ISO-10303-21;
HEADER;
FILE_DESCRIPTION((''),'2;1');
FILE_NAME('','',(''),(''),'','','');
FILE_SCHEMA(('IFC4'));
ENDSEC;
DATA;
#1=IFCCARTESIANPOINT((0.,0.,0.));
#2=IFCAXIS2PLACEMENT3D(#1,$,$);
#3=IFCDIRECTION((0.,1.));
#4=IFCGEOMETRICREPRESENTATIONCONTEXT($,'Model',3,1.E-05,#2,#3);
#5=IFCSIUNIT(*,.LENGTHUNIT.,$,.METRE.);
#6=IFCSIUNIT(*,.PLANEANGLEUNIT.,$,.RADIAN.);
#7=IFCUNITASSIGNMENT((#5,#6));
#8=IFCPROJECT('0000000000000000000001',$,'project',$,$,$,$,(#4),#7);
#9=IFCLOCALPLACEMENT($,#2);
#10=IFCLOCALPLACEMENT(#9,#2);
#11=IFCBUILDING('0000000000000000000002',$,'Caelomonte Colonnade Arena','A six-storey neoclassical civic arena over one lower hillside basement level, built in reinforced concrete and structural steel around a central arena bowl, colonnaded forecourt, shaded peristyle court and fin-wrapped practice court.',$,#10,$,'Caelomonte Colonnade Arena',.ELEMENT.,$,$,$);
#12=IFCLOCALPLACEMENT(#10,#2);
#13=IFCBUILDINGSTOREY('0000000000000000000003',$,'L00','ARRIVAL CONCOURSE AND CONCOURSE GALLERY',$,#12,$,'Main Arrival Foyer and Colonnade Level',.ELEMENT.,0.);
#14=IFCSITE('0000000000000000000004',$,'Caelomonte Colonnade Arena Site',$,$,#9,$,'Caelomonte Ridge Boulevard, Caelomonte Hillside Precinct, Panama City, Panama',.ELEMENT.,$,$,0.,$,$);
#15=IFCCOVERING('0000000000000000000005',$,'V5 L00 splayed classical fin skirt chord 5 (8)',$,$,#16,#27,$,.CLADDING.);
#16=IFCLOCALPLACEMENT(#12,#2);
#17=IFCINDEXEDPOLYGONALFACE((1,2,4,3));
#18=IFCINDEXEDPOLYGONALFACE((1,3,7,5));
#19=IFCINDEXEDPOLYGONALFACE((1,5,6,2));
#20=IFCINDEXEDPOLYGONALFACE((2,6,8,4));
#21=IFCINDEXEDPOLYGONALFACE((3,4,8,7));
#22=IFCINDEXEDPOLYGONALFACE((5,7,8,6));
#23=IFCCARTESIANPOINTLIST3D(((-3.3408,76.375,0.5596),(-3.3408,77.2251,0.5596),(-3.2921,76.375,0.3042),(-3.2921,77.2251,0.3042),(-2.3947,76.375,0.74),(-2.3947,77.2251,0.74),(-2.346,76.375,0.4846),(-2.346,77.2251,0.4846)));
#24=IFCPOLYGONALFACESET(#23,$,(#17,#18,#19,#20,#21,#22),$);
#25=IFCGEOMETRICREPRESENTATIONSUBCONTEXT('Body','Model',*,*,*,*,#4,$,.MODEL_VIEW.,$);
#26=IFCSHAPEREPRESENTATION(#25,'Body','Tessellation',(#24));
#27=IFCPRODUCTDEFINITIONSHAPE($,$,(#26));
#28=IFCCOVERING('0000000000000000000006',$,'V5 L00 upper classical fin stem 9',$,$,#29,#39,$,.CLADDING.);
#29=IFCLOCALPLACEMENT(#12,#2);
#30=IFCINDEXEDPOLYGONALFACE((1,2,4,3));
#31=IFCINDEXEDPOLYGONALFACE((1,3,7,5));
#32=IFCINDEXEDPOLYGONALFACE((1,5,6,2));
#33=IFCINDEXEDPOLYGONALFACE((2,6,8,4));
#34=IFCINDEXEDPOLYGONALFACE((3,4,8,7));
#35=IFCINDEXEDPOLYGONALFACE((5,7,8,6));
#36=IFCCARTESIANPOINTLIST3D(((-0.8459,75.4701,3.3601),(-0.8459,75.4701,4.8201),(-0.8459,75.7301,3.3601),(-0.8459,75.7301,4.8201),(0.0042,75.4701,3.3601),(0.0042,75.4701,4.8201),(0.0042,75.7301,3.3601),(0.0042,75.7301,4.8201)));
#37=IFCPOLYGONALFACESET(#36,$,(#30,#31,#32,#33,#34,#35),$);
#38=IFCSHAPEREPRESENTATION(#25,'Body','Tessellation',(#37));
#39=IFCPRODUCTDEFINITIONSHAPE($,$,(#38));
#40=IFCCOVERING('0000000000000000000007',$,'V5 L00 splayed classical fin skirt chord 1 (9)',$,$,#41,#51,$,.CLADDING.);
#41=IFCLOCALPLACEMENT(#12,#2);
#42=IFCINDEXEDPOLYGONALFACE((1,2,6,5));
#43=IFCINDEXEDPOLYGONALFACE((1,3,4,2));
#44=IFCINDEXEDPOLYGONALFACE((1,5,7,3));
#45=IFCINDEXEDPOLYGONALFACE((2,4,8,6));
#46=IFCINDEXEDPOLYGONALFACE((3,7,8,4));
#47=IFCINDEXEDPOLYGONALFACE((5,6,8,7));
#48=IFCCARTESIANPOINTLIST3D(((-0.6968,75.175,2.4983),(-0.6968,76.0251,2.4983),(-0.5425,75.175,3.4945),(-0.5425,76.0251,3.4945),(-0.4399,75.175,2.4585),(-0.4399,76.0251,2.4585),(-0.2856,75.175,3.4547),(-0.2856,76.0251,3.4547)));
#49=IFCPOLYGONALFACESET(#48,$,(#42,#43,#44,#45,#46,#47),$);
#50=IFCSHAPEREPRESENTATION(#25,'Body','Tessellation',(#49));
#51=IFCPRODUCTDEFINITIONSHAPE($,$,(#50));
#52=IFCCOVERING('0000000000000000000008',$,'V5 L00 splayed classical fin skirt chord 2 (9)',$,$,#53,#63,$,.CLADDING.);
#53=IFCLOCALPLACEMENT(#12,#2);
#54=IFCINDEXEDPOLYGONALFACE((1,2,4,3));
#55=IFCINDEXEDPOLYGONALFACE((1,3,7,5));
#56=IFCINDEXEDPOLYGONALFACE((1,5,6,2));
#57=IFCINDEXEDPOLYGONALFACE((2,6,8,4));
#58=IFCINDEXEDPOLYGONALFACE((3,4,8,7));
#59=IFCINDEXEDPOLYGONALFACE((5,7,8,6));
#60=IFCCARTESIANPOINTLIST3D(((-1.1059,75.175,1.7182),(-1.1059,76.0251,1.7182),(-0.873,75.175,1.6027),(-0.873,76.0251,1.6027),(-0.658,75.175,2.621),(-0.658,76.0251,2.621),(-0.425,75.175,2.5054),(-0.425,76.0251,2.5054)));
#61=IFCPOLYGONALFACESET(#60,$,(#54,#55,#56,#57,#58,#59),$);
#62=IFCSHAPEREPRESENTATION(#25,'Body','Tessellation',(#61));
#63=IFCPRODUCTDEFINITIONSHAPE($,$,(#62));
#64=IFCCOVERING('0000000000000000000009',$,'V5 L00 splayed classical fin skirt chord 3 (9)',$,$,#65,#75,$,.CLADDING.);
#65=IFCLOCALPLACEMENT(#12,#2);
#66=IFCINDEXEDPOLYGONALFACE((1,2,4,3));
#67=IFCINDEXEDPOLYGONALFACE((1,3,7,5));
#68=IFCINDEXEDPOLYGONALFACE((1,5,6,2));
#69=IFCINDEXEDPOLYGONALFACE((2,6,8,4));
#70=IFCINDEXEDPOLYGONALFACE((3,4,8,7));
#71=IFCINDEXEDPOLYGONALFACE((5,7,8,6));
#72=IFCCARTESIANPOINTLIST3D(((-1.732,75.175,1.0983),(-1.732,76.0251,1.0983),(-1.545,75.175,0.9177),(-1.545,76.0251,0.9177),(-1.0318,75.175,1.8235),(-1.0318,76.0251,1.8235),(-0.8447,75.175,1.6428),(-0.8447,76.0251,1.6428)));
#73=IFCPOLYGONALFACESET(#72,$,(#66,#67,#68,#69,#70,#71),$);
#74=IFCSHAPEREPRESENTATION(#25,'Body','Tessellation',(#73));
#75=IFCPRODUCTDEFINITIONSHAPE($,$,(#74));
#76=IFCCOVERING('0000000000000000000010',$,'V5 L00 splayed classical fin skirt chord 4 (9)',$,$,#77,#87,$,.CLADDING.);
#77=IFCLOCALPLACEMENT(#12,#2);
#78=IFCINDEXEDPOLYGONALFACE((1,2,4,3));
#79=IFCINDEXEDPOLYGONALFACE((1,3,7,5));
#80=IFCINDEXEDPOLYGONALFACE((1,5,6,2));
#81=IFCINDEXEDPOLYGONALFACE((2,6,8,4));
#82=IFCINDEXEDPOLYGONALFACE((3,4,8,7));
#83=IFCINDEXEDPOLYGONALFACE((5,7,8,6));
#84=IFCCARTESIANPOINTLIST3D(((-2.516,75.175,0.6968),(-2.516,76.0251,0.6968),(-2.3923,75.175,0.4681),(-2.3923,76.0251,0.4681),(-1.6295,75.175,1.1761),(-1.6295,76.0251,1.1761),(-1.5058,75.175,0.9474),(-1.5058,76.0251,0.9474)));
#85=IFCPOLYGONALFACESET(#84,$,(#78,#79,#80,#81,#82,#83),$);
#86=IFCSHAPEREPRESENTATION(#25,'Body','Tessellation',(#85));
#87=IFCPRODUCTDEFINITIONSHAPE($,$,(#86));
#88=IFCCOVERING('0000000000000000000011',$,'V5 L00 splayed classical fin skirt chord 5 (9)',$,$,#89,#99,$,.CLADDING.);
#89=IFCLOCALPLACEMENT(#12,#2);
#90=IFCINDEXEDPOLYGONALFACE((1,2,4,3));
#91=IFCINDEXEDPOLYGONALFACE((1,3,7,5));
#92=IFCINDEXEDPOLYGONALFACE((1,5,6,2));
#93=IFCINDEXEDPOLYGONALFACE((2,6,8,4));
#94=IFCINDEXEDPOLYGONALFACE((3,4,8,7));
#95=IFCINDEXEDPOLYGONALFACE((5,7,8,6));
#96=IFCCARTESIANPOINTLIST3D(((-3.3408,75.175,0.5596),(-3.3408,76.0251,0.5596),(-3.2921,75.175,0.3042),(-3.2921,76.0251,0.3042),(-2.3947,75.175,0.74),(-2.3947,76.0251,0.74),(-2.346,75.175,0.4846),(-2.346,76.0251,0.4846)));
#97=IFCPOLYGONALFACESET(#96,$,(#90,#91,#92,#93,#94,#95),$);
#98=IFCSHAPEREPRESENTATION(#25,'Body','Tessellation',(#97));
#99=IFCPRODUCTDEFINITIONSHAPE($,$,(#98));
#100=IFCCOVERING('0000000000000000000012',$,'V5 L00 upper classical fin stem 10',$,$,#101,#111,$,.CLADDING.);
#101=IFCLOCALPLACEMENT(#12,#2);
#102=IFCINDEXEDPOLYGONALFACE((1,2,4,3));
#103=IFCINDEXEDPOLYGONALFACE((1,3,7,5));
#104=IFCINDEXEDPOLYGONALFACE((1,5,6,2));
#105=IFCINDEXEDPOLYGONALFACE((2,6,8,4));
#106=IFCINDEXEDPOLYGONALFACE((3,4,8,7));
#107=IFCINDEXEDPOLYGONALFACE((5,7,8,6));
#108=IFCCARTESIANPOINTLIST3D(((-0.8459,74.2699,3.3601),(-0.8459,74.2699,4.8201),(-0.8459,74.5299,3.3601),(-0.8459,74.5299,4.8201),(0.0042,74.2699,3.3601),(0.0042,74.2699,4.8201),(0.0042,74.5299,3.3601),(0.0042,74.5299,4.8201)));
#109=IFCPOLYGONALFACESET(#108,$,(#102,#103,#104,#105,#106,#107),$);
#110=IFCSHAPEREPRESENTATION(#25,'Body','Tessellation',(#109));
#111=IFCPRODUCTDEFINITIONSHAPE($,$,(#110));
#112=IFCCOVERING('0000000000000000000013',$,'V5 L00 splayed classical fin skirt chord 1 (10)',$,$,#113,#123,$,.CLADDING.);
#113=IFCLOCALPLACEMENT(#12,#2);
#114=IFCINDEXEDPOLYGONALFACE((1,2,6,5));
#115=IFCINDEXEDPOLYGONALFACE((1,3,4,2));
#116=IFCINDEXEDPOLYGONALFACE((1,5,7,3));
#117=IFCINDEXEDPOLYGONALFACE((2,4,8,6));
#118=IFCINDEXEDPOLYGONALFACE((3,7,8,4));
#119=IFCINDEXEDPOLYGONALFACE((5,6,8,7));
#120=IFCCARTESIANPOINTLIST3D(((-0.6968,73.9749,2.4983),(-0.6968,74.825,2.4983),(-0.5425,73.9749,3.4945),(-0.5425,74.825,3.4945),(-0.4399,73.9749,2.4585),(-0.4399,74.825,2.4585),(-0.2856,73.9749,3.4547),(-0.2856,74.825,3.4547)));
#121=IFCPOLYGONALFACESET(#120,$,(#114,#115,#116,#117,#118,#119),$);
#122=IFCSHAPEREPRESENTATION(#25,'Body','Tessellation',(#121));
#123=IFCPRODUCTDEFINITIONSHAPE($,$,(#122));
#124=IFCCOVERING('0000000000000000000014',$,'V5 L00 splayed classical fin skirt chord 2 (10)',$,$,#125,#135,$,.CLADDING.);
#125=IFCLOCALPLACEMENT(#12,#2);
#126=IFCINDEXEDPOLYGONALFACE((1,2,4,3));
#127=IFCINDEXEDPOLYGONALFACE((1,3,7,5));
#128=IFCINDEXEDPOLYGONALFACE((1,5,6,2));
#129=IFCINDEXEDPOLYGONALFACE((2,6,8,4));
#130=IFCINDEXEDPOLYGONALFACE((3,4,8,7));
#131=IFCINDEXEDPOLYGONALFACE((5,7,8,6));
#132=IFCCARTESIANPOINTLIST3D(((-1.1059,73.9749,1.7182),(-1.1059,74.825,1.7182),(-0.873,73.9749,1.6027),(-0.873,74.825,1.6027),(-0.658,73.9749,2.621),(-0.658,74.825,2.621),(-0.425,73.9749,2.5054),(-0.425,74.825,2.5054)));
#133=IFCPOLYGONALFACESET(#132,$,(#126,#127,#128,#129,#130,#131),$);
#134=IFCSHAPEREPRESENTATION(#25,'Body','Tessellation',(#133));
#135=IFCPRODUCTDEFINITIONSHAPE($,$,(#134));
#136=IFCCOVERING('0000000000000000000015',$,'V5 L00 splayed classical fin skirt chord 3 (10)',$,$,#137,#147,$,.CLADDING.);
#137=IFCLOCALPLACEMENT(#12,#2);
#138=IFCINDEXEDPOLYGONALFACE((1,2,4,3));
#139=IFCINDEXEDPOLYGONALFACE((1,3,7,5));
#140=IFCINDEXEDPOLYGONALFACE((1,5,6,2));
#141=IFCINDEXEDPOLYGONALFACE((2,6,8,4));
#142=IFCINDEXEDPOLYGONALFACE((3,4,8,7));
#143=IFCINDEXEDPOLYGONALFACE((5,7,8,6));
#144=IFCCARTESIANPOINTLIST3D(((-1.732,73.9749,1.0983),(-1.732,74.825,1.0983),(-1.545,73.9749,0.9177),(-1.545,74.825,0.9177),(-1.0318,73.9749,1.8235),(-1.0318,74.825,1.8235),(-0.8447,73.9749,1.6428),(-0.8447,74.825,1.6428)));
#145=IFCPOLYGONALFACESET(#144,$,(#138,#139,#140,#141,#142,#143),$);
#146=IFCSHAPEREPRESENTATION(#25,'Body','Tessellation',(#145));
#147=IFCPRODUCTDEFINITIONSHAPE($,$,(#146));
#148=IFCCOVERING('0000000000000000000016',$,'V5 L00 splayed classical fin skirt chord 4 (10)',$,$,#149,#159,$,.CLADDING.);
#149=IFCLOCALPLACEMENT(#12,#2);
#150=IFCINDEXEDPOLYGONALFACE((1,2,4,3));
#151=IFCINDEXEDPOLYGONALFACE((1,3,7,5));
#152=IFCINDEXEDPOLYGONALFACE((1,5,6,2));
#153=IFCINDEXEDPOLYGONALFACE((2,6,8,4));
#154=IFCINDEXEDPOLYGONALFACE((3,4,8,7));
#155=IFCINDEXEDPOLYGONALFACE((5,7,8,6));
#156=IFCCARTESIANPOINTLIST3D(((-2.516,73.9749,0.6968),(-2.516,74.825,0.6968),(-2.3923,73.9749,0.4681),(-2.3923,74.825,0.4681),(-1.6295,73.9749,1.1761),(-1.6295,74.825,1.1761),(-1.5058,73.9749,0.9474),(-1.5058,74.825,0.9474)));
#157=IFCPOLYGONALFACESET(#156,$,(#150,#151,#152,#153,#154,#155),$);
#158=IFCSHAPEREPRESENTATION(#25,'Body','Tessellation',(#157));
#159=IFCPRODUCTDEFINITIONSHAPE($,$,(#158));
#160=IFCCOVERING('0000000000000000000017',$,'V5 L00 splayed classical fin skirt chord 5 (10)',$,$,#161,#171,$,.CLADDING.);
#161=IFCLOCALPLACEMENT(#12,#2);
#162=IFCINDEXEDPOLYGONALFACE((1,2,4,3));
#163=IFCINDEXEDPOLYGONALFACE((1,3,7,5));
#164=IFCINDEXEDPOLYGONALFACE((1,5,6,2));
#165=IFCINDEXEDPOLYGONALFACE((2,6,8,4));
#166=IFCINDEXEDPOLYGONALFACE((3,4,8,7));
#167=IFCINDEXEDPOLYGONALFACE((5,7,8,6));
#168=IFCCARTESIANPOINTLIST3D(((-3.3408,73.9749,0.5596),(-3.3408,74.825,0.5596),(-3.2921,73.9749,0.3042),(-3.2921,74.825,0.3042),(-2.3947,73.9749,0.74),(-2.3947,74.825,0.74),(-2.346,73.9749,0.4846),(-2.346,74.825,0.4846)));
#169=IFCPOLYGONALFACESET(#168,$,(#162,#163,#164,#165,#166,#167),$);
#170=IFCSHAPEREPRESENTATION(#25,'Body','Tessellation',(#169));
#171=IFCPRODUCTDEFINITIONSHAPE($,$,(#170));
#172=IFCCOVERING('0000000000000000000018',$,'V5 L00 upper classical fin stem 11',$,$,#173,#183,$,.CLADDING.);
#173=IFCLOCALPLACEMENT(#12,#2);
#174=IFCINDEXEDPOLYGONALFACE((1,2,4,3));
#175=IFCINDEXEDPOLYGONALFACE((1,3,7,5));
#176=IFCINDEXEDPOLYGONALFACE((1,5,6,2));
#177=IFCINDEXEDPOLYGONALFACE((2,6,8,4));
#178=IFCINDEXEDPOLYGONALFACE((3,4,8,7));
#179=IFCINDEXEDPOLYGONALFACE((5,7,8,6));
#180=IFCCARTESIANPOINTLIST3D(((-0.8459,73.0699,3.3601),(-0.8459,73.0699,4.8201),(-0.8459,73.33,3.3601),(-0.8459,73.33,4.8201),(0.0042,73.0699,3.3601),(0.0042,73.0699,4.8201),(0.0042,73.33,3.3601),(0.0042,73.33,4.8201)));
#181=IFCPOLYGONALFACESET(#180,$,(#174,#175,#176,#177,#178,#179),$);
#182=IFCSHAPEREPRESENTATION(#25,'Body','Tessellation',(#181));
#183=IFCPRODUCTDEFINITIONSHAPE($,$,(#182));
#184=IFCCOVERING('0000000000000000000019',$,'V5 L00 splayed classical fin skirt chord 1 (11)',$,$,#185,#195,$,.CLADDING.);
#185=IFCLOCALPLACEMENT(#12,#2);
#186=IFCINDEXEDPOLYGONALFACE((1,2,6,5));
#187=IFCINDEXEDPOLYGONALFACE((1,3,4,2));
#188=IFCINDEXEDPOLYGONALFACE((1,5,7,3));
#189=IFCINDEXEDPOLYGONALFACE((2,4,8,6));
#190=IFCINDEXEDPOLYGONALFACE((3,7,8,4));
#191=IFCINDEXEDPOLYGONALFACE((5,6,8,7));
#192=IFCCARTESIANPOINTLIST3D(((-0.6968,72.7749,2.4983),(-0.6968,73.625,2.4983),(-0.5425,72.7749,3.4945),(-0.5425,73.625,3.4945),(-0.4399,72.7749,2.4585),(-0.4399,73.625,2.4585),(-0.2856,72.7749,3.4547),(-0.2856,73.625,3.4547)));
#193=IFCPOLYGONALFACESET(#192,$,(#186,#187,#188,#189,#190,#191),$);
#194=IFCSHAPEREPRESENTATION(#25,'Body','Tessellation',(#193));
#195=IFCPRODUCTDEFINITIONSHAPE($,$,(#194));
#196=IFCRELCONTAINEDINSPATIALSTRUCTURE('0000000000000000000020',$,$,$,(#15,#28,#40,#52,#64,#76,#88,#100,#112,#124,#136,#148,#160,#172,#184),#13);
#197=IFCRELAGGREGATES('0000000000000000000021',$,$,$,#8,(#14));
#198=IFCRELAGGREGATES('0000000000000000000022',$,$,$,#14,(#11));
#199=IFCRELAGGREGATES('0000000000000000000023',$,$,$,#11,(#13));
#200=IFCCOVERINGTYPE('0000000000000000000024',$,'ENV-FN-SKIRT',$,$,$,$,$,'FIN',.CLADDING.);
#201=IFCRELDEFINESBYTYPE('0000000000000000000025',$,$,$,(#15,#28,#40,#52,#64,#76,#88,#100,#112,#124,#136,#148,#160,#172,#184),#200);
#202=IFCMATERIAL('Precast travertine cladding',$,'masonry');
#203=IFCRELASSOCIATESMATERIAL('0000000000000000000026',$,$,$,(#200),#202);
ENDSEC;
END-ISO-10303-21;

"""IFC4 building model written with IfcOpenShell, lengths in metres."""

from ifc_helpers import new_model, si_unit, direction, frame, origin, origin_2d, place, context, subcontext, project, spatial, rectangle, extrude, material, material_profile, profile_set, type_object, element, save


model = new_model("IFC4")

# Units and contexts
model_context = context("Model", 3, precision=1e-05, world=origin(), true_north=direction((0.0, 1.0)))
body_context = subcontext(model_context, "Body", "Model", "MODEL_VIEW")
ifc_project = project(units=[si_unit("LENGTHUNIT", "METRE"), si_unit("PLANEANGLEUNIT", "RADIAN")], contexts=[model_context])

# Site, building, storey
site_placement = place(None, origin())
site = spatial("IfcSite", under=ifc_project, at=site_placement, Name="Caelomonte Colonnade Arena Site", LongName="Caelomonte Ridge Boulevard, Caelomonte Hillside Precinct, Panama City, Panama", CompositionType="ELEMENT", RefElevation=0.0)
building_placement = place(site_placement, origin())
building = spatial("IfcBuilding", under=site, at=building_placement, Name="Caelomonte Colonnade Arena", Description="A six-storey neoclassical civic arena over one lower hillside basement level, built in reinforced concrete and structural steel around a central arena bowl, colonnaded forecourt, shaded peristyle court and fin-wrapped practice court.", LongName="Caelomonte Colonnade Arena", CompositionType="ELEMENT")
storey_placement = place(building_placement, origin())
storey = spatial("IfcBuildingStorey", under=building, at=storey_placement, Name="L00", Description="ARRIVAL CONCOURSE AND CONCOURSE GALLERY", LongName="Main Arrival Foyer and Colonnade Level", CompositionType="ELEMENT", Elevation=0.0)

# Coverings
ifc_material_1 = material(Name="Precast travertine cladding", Category="masonry")
ifc_material_profile_1 = material_profile(ifc_material_1, rectangle(XDim=0.26, YDim=0.8501, at=origin_2d()), Name="FIN260X850")
ifc_profile_set_1 = profile_set([ifc_material_profile_1], Name="Precast travertine cladding")
covering_type = type_object("IfcCoveringType", Name="ENV-FN-SKIRT", ElementType="FIN", PredefinedType="CLADDING", material=ifc_profile_set_1)
covering_1_placement = place(storey_placement, frame((-2.3704, 76.8, 0.6123), z_axis=(-0.982296, 0.0, -0.187333), x_axis=(-0.187333, 0.0, 0.982296)))
element("IfcCovering", 1, at=covering_1_placement, inside=storey, type_object=covering_type, Name="V5 L00 splayed classical fin skirt chord 5 (8)", PredefinedType="CLADDING", context=body_context, shape_type="SweptSolid", body=[
    extrude(rectangle(XDim=0.26, YDim=0.8501, at=origin_2d()), origin(), (0.0, 0.0, 1.0), 0.9631),
])
covering_2_placement = place(storey_placement, frame((-0.4209, 75.6001, 3.3601), z_axis=(0.0, 0.0, 1.0), x_axis=(0.0, 1.0, 0.0)))
element("IfcCovering", 2, at=covering_2_placement, inside=storey, type_object=covering_type, Name="V5 L00 upper classical fin stem 9", PredefinedType="CLADDING", context=body_context, shape_type="SweptSolid", body=[
    extrude(rectangle(XDim=0.26, YDim=0.8501, at=origin_2d()), origin(), (0.0, 0.0, 1.0), 1.46),
])
covering_3_placement = place(storey_placement, frame((-0.4141, 75.6001, 3.4746), z_axis=(-0.153076, 0.0, -0.988214), x_axis=(-0.988214, 0.0, 0.153076)))
element("IfcCovering", 3, at=covering_3_placement, inside=storey, type_object=covering_type, Name="V5 L00 splayed classical fin skirt chord 1 (9)", PredefinedType="CLADDING", context=body_context, shape_type="SweptSolid", body=[
    extrude(rectangle(XDim=0.26, YDim=0.8501, at=origin_2d()), origin(), (0.0, 0.0, 1.0), 1.0081),
])
covering_4_placement = place(storey_placement, frame((-0.5415, 75.6001, 2.5632), z_axis=(-0.444499, 0.0, -0.89578), x_axis=(-0.89578, 0.0, 0.444499)))
element("IfcCovering", 4, at=covering_4_placement, inside=storey, type_object=covering_type, Name="V5 L00 splayed classical fin skirt chord 2 (9)", PredefinedType="CLADDING", context=body_context, shape_type="SweptSolid", body=[
    extrude(rectangle(XDim=0.26, YDim=0.8501, at=origin_2d()), origin(), (0.0, 0.0, 1.0), 1.0078),
])
covering_5_placement = place(storey_placement, frame((-0.9382, 75.6001, 1.7332), z_axis=(-0.694646, 0.0, -0.719351), x_axis=(-0.719351, 0.0, 0.694646)))
element("IfcCovering", 5, at=covering_5_placement, inside=storey, type_object=covering_type, Name="V5 L00 splayed classical fin skirt chord 3 (9)", PredefinedType="CLADDING", context=body_context, shape_type="SweptSolid", body=[
    extrude(rectangle(XDim=0.26, YDim=0.8501, at=origin_2d()), origin(), (0.0, 0.0, 1.0), 1.0081),
])
covering_6_placement = place(storey_placement, frame((-1.5676, 75.6001, 1.0618), z_axis=(-0.879676, 0.0, -0.475573), x_axis=(-0.475573, 0.0, 0.879676)))
element("IfcCovering", 6, at=covering_6_placement, inside=storey, type_object=covering_type, Name="V5 L00 splayed classical fin skirt chord 4 (9)", PredefinedType="CLADDING", context=body_context, shape_type="SweptSolid", body=[
    extrude(rectangle(XDim=0.26, YDim=0.8501, at=origin_2d()), origin(), (0.0, 0.0, 1.0), 1.0078),
])
covering_7_placement = place(storey_placement, frame((-2.3704, 75.6001, 0.6123), z_axis=(-0.982296, 0.0, -0.187333), x_axis=(-0.187333, 0.0, 0.982296)))
element("IfcCovering", 7, at=covering_7_placement, inside=storey, type_object=covering_type, Name="V5 L00 splayed classical fin skirt chord 5 (9)", PredefinedType="CLADDING", context=body_context, shape_type="SweptSolid", body=[
    extrude(rectangle(XDim=0.26, YDim=0.8501, at=origin_2d()), origin(), (0.0, 0.0, 1.0), 0.9631),
])
covering_8_placement = place(storey_placement, frame((-0.4209, 74.3999, 3.3601), z_axis=(0.0, 0.0, 1.0), x_axis=(0.0, 1.0, 0.0)))
element("IfcCovering", 8, at=covering_8_placement, inside=storey, type_object=covering_type, Name="V5 L00 upper classical fin stem 10", PredefinedType="CLADDING", context=body_context, shape_type="SweptSolid", body=[
    extrude(rectangle(XDim=0.26, YDim=0.8501, at=origin_2d()), origin(), (0.0, 0.0, 1.0), 1.46),
])
covering_9_placement = place(storey_placement, frame((-0.4141, 74.3999, 3.4746), z_axis=(-0.153076, 0.0, -0.988214), x_axis=(-0.988214, 0.0, 0.153076)))
element("IfcCovering", 9, at=covering_9_placement, inside=storey, type_object=covering_type, Name="V5 L00 splayed classical fin skirt chord 1 (10)", PredefinedType="CLADDING", context=body_context, shape_type="SweptSolid", body=[
    extrude(rectangle(XDim=0.26, YDim=0.8501, at=origin_2d()), origin(), (0.0, 0.0, 1.0), 1.0081),
])
covering_10_placement = place(storey_placement, frame((-0.5415, 74.3999, 2.5632), z_axis=(-0.444499, 0.0, -0.89578), x_axis=(-0.89578, 0.0, 0.444499)))
element("IfcCovering", 10, at=covering_10_placement, inside=storey, type_object=covering_type, Name="V5 L00 splayed classical fin skirt chord 2 (10)", PredefinedType="CLADDING", context=body_context, shape_type="SweptSolid", body=[
    extrude(rectangle(XDim=0.26, YDim=0.8501, at=origin_2d()), origin(), (0.0, 0.0, 1.0), 1.0078),
])
covering_11_placement = place(storey_placement, frame((-0.9382, 74.3999, 1.7332), z_axis=(-0.694646, 0.0, -0.719351), x_axis=(-0.719351, 0.0, 0.694646)))
element("IfcCovering", 11, at=covering_11_placement, inside=storey, type_object=covering_type, Name="V5 L00 splayed classical fin skirt chord 3 (10)", PredefinedType="CLADDING", context=body_context, shape_type="SweptSolid", body=[
    extrude(rectangle(XDim=0.26, YDim=0.8501, at=origin_2d()), origin(), (0.0, 0.0, 1.0), 1.0081),
])
covering_12_placement = place(storey_placement, frame((-1.5676, 74.3999, 1.0618), z_axis=(-0.879676, 0.0, -0.475573), x_axis=(-0.475573, 0.0, 0.879676)))
element("IfcCovering", 12, at=covering_12_placement, inside=storey, type_object=covering_type, Name="V5 L00 splayed classical fin skirt chord 4 (10)", PredefinedType="CLADDING", context=body_context, shape_type="SweptSolid", body=[
    extrude(rectangle(XDim=0.26, YDim=0.8501, at=origin_2d()), origin(), (0.0, 0.0, 1.0), 1.0078),
])
covering_13_placement = place(storey_placement, frame((-2.3704, 74.3999, 0.6123), z_axis=(-0.982296, 0.0, -0.187333), x_axis=(-0.187333, 0.0, 0.982296)))
element("IfcCovering", 13, at=covering_13_placement, inside=storey, type_object=covering_type, Name="V5 L00 splayed classical fin skirt chord 5 (10)", PredefinedType="CLADDING", context=body_context, shape_type="SweptSolid", body=[
    extrude(rectangle(XDim=0.26, YDim=0.8501, at=origin_2d()), origin(), (0.0, 0.0, 1.0), 0.9631),
])
covering_14_placement = place(storey_placement, frame((-0.4209, 73.2, 3.3601), z_axis=(0.0, 0.0, 1.0), x_axis=(0.0, 1.0, 0.0)))
element("IfcCovering", 14, at=covering_14_placement, inside=storey, type_object=covering_type, Name="V5 L00 upper classical fin stem 11", PredefinedType="CLADDING", context=body_context, shape_type="SweptSolid", body=[
    extrude(rectangle(XDim=0.26, YDim=0.8501, at=origin_2d()), origin(), (0.0, 0.0, 1.0), 1.46),
])
covering_15_placement = place(storey_placement, frame((-0.4141, 73.2, 3.4746), z_axis=(-0.153076, 0.0, -0.988214), x_axis=(-0.988214, 0.0, 0.153076)))
element("IfcCovering", 15, at=covering_15_placement, inside=storey, type_object=covering_type, Name="V5 L00 splayed classical fin skirt chord 1 (11)", PredefinedType="CLADDING", context=body_context, shape_type="SweptSolid", body=[
    extrude(rectangle(XDim=0.26, YDim=0.8501, at=origin_2d()), origin(), (0.0, 0.0, 1.0), 1.0081),
])

save(model, "model.ifc")
